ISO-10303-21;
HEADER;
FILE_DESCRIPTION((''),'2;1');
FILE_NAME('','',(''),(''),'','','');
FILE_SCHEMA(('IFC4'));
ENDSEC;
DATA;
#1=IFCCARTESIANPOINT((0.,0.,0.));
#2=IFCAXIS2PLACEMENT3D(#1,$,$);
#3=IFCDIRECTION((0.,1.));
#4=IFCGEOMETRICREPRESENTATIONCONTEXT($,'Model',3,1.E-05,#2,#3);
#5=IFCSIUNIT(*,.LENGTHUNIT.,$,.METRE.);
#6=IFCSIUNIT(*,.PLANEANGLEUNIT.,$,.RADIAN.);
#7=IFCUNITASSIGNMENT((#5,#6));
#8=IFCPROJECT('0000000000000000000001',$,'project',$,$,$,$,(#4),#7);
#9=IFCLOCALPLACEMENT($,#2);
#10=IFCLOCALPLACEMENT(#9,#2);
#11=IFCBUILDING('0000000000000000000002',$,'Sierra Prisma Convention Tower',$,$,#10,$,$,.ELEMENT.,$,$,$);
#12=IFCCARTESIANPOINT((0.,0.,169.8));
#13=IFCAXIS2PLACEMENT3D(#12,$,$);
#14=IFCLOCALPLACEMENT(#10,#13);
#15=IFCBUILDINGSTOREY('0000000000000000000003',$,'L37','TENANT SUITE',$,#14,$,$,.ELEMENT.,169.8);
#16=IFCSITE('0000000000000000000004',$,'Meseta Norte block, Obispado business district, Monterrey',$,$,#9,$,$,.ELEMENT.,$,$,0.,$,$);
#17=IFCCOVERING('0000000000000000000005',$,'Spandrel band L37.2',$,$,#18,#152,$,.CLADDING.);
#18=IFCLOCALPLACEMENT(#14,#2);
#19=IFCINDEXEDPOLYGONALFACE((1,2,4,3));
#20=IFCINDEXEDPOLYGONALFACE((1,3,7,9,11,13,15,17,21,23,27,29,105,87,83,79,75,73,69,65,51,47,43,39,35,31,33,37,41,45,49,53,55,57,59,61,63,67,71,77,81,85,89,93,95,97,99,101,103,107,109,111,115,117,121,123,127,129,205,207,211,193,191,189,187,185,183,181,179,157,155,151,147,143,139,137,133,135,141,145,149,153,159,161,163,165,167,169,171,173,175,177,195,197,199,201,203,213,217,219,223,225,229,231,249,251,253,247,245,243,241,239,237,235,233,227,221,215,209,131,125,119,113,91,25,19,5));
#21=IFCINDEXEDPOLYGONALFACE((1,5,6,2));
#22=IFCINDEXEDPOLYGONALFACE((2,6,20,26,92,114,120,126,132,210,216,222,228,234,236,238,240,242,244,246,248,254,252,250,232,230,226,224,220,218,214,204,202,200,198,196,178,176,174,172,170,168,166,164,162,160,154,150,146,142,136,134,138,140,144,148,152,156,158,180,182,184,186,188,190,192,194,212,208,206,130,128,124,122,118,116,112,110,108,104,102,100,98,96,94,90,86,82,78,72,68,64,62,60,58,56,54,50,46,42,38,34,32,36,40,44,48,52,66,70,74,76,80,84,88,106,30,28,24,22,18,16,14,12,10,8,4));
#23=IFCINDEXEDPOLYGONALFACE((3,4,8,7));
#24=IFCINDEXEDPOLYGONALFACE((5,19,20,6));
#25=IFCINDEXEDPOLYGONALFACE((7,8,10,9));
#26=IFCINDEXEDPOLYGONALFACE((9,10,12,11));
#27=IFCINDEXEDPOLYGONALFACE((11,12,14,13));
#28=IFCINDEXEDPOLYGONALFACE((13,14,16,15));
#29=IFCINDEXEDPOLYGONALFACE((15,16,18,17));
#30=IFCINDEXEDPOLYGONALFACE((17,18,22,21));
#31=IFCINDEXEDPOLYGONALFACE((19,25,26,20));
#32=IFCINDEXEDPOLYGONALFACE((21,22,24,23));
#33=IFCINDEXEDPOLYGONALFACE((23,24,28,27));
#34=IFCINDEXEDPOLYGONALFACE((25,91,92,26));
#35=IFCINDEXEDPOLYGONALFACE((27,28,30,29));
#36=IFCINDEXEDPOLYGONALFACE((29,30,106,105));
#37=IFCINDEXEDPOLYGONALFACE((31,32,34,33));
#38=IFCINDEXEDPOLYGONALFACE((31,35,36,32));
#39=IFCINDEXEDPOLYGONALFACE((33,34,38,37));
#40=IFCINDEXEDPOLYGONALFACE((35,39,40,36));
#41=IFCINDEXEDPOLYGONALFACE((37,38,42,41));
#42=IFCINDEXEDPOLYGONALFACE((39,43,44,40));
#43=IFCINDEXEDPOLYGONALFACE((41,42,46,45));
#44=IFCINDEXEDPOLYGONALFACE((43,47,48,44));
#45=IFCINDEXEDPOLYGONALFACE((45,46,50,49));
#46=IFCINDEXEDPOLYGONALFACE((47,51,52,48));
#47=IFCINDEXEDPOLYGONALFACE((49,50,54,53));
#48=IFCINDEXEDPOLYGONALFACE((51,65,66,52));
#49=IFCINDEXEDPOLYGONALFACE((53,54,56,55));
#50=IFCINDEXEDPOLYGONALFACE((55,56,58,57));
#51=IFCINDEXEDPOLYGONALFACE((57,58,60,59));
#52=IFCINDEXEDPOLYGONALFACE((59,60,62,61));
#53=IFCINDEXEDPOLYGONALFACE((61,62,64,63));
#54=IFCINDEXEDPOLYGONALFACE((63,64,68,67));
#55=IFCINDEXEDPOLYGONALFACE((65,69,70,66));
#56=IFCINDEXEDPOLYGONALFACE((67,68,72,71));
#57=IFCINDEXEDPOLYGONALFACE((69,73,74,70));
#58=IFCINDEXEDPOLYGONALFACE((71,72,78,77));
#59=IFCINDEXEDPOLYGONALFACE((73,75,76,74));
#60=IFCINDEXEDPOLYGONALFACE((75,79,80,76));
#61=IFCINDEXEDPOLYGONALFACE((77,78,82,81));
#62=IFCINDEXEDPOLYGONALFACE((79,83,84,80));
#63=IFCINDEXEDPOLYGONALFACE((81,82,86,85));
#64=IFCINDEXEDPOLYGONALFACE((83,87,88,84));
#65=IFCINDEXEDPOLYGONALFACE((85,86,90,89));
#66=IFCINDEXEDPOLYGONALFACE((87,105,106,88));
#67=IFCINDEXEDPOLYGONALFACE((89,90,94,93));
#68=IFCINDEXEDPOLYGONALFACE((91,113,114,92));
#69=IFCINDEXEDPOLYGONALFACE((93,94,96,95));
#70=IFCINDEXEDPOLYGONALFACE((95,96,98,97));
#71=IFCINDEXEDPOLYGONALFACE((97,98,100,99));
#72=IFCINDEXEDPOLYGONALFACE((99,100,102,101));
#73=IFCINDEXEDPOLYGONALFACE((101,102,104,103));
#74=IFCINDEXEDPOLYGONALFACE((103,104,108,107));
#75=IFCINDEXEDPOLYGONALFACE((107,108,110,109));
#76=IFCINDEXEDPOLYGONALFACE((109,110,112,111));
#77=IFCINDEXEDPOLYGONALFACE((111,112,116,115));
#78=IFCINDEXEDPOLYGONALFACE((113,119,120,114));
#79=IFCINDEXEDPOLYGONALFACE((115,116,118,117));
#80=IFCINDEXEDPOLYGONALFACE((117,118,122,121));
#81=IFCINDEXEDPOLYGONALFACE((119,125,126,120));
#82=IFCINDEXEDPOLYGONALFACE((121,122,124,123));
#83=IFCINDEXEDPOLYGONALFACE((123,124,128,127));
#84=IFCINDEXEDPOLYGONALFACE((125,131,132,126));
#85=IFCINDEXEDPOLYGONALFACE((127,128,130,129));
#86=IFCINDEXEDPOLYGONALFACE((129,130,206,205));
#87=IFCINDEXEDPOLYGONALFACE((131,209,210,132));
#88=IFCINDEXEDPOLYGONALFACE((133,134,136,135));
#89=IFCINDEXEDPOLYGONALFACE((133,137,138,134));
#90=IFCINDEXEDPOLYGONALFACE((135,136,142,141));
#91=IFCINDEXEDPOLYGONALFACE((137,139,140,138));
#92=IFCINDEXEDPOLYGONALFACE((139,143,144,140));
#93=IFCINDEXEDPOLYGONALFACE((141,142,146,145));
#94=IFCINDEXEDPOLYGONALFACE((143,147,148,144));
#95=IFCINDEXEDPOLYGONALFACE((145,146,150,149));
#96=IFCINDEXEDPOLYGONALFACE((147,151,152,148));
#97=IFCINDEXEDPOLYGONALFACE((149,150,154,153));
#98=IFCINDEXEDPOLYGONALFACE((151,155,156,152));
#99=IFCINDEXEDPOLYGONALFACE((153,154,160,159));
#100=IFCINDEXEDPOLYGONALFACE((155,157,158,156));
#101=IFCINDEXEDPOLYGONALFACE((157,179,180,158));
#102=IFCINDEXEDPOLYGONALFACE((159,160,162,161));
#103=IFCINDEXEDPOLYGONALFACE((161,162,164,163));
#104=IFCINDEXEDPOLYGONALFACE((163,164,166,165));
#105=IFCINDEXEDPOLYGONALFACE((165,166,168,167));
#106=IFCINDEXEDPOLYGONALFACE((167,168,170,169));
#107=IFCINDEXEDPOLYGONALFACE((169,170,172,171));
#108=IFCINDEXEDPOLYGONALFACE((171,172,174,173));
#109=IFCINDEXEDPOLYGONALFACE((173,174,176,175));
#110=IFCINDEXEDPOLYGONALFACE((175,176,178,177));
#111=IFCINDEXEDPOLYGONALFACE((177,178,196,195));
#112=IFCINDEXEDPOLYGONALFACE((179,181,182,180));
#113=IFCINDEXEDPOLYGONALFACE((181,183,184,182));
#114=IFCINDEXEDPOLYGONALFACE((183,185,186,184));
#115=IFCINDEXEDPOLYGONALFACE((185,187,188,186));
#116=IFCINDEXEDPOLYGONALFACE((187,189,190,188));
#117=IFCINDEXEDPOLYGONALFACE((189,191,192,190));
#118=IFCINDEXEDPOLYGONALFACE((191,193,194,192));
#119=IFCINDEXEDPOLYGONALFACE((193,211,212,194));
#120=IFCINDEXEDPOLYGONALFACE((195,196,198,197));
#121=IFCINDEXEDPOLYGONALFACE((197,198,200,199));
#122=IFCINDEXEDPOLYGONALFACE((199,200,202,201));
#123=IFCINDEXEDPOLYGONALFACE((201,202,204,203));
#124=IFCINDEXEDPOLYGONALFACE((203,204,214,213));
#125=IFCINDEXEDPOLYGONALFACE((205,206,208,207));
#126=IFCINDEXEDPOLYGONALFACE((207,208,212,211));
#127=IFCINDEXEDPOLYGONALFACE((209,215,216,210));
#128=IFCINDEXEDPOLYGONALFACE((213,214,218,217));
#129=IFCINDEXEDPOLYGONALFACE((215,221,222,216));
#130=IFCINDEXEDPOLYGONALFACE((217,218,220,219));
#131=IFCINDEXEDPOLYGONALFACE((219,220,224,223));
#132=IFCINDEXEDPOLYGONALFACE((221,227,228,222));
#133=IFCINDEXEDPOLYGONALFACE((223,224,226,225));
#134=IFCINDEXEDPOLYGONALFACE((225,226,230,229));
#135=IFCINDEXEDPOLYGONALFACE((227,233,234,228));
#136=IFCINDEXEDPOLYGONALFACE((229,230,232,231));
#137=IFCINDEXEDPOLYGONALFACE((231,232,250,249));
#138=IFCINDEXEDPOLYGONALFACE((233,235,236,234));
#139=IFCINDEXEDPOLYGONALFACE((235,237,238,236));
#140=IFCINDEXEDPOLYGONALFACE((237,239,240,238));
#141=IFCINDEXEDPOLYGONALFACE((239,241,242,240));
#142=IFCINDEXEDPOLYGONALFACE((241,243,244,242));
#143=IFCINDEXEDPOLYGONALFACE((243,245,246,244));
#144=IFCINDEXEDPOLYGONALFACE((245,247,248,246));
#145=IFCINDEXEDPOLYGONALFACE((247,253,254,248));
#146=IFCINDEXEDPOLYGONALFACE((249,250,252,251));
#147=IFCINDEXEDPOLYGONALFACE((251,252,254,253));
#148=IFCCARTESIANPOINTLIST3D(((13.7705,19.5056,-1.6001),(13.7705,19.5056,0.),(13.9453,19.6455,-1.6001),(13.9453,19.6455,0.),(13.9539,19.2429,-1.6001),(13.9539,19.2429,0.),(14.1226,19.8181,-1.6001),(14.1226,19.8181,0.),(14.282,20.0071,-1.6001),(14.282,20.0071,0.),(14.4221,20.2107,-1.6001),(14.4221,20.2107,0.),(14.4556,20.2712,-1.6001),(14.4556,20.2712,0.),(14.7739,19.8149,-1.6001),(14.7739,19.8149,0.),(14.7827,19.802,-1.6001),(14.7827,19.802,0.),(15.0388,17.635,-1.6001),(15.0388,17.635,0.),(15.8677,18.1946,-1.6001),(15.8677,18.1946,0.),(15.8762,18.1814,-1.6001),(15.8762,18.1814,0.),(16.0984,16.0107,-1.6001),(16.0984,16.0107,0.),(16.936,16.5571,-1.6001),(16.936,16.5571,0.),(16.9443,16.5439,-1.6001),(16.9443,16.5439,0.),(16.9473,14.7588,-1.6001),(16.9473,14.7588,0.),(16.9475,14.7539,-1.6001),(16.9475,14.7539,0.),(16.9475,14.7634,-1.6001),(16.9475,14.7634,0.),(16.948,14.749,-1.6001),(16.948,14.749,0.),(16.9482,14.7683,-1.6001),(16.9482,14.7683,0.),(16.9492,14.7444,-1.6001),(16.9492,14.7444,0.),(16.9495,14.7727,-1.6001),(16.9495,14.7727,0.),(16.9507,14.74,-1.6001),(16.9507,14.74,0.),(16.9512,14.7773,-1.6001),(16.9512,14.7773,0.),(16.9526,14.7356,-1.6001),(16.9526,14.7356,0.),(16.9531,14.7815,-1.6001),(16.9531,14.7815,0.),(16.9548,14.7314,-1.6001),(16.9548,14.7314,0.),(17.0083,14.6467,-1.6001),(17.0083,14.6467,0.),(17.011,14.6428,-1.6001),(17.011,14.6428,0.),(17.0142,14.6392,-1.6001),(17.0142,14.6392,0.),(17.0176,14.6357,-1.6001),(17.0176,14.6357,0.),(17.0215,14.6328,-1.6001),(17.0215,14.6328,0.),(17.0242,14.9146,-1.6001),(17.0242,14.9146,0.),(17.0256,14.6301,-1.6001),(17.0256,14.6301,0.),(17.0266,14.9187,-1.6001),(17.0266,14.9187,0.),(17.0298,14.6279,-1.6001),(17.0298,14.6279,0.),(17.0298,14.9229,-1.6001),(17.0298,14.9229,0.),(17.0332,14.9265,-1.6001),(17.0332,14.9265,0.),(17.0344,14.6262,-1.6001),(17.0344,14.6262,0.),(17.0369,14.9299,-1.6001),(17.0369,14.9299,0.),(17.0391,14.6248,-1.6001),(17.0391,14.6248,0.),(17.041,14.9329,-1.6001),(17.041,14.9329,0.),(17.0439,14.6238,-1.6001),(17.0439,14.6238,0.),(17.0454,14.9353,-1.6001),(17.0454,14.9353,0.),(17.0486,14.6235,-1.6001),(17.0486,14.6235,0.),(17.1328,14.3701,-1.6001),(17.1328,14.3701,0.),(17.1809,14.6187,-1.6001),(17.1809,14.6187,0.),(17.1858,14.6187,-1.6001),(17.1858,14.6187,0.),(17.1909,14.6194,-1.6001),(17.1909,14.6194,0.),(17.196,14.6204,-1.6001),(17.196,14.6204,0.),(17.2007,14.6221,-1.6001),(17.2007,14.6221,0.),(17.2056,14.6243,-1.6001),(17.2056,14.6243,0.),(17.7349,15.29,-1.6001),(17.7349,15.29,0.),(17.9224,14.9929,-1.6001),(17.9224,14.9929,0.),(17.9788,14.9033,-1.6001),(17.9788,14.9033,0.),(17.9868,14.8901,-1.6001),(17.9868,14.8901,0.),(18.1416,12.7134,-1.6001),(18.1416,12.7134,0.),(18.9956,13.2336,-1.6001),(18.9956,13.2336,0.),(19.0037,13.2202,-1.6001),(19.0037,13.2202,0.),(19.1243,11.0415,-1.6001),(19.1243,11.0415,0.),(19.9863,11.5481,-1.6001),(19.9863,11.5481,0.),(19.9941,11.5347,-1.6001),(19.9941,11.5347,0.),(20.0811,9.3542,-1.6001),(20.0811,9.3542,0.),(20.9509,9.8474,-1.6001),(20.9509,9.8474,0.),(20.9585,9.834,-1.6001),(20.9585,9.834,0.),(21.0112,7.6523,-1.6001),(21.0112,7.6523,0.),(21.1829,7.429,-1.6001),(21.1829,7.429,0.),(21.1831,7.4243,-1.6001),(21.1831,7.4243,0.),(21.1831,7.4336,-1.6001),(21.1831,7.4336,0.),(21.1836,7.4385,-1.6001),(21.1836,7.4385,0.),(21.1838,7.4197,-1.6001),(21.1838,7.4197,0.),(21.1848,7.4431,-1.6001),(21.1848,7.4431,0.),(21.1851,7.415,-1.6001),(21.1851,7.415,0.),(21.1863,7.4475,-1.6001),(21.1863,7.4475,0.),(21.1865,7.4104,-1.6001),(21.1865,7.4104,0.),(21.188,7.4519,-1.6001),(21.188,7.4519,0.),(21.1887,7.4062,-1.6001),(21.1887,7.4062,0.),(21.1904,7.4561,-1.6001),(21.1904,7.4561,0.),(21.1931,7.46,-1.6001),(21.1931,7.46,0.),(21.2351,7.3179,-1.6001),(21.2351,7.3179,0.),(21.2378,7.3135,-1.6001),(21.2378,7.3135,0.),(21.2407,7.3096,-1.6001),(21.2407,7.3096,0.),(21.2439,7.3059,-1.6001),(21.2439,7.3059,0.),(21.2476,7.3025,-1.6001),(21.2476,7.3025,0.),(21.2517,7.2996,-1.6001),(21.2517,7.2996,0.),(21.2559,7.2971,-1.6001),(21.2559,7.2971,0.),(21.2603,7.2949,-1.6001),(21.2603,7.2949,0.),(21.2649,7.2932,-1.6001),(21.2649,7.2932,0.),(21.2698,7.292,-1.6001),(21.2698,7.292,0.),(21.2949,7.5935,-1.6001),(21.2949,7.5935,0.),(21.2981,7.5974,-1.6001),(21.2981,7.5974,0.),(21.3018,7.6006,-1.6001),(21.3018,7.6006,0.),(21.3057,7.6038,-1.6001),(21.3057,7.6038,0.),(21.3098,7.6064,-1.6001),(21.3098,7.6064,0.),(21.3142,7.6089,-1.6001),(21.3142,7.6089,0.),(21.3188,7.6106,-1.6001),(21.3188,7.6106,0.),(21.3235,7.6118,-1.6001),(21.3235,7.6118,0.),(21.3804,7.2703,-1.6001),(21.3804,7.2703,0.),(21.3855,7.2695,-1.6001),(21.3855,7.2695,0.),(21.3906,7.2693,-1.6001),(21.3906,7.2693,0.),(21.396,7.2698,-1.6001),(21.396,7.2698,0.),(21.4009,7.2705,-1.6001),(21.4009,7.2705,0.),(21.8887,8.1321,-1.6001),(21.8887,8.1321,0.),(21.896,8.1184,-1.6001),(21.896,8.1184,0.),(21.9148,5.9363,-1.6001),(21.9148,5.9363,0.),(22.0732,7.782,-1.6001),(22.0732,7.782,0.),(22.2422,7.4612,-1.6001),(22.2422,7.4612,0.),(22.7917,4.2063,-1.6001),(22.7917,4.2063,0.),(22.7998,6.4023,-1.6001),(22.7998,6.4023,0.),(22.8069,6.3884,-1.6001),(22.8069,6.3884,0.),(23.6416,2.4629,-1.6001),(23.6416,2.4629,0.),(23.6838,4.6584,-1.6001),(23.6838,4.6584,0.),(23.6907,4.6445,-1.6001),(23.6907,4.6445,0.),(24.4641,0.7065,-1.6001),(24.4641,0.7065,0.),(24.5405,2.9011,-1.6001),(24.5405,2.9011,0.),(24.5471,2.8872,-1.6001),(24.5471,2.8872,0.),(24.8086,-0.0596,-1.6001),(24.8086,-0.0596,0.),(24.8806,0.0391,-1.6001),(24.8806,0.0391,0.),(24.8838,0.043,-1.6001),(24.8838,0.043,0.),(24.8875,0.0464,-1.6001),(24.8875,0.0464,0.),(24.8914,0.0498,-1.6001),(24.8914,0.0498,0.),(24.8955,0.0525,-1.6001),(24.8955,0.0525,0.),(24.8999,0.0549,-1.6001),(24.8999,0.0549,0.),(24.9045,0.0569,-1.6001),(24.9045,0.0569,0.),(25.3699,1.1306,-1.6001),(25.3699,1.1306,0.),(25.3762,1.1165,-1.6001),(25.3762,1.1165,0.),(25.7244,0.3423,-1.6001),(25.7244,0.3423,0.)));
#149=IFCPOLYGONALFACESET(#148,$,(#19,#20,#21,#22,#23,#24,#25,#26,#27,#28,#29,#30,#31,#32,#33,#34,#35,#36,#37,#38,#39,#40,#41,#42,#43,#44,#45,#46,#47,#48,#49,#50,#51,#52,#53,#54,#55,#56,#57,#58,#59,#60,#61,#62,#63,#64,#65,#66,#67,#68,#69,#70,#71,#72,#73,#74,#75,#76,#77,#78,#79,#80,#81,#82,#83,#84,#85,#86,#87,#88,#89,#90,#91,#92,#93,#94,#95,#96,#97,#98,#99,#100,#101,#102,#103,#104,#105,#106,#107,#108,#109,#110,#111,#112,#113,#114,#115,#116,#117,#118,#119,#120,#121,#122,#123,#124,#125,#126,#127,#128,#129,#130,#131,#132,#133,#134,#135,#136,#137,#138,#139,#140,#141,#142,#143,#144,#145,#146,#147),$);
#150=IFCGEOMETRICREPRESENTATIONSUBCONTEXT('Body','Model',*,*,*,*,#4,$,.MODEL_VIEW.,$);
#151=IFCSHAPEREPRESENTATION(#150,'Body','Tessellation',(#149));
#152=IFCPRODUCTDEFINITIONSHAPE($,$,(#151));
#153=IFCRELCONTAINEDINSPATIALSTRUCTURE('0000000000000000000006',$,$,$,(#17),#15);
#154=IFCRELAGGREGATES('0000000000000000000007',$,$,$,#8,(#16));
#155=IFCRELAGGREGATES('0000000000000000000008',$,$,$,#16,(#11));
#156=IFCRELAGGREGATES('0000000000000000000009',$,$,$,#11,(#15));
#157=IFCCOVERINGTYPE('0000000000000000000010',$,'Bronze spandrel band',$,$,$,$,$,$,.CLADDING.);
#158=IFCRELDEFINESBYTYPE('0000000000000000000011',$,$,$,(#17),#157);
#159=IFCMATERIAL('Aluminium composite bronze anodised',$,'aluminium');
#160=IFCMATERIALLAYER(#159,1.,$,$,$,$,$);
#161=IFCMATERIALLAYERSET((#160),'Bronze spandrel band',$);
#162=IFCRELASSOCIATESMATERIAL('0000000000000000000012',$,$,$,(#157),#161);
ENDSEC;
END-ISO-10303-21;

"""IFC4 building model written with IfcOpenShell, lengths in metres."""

from ifc_helpers import new_model, si_unit, direction, frame, origin, place, context, subcontext, project, spatial, polyline, outline, extrude, material, layer, layer_set, type_object, element, save


model = new_model("IFC4")

# Units and contexts
model_context = context("Model", 3, precision=1e-05, world=origin(), true_north=direction((0.0, 1.0)))
body_context = subcontext(model_context, "Body", "Model", "MODEL_VIEW")
ifc_project = project(units=[si_unit("LENGTHUNIT", "METRE"), si_unit("PLANEANGLEUNIT", "RADIAN")], contexts=[model_context])

# Site, building, storey
site_placement = place(None, origin())
site = spatial("IfcSite", under=ifc_project, at=site_placement, Name="Meseta Norte block, Obispado business district, Monterrey", CompositionType="ELEMENT", RefElevation=0.0)
building_placement = place(site_placement, origin())
building = spatial("IfcBuilding", under=site, at=building_placement, Name="Sierra Prisma Convention Tower", CompositionType="ELEMENT")
storey_placement = place(building_placement, frame((0.0, 0.0, 169.8)))
storey = spatial("IfcBuildingStorey", under=building, at=storey_placement, Name="L37", Description="TENANT SUITE", CompositionType="ELEMENT", Elevation=169.8)

# Covering
ifc_material_1 = material(Name="Aluminium composite bronze anodised", Category="aluminium")
ifc_layer_1 = layer(ifc_material_1, 1.0)
ifc_layer_set_1 = layer_set([ifc_layer_1], Name="Bronze spandrel band")
covering_type = type_object("IfcCoveringType", Name="Bronze spandrel band", PredefinedType="CLADDING", material=ifc_layer_set_1)
covering_1_placement = place(storey_placement, frame((0.0, 0.0, -1.6001)))
element("IfcCovering", 1, at=covering_1_placement, inside=storey, type_object=covering_type, Name="Spandrel band L37.2", PredefinedType="CLADDING", context=body_context, shape_type="SweptSolid", body=[
    extrude(outline(polyline([(14.7739, 19.8149), (14.7827, 19.802), (15.8677, 18.1946), (15.8762, 18.1814), (16.936, 16.5571), (16.9443, 16.5439), (17.7349, 15.29), (17.0454, 14.9353), (17.041, 14.9329), (17.0369, 14.9299), (17.0332, 14.9265), (17.0298, 14.9229), (17.0266, 14.9187), (17.0242, 14.9146), (16.9531, 14.7815), (16.9512, 14.7773), (16.9495, 14.7727), (16.9482, 14.7683), (16.9475, 14.7634), (16.9473, 14.7588), (16.9475, 14.7539), (16.948, 14.749), (16.9492, 14.7444), (16.9507, 14.74), (16.9526, 14.7356), (16.9548, 14.7314), (17.0083, 14.6467), (17.011, 14.6428), (17.0142, 14.6392), (17.0176, 14.6357), (17.0215, 14.6328), (17.0256, 14.6301), (17.0298, 14.6279), (17.0344, 14.6262), (17.0391, 14.6248), (17.0439, 14.6238), (17.0486, 14.6235), (17.1809, 14.6187), (17.1858, 14.6187), (17.1909, 14.6194), (17.196, 14.6204), (17.2007, 14.6221), (17.2056, 14.6243), (17.9224, 14.9929), (17.9788, 14.9033), (17.9868, 14.8901), (18.9956, 13.2336), (19.0037, 13.2202), (19.9863, 11.5481), (19.9941, 11.5347), (20.9509, 9.8474), (20.9585, 9.834), (21.8887, 8.1321), (21.896, 8.1184), (22.0732, 7.782), (21.3235, 7.6118), (21.3188, 7.6106), (21.3142, 7.6089), (21.3098, 7.6064), (21.3057, 7.6038), (21.3018, 7.6006), (21.2981, 7.5974), (21.2949, 7.5935), (21.1931, 7.46), (21.1904, 7.4561), (21.188, 7.4519), (21.1863, 7.4475), (21.1848, 7.4431), (21.1836, 7.4385), (21.1831, 7.4336), (21.1829, 7.429), (21.1831, 7.4243), (21.1838, 7.4197), (21.1851, 7.415), (21.1865, 7.4104), (21.1887, 7.4062), (21.2351, 7.3179), (21.2378, 7.3135), (21.2407, 7.3096), (21.2439, 7.3059), (21.2476, 7.3025), (21.2517, 7.2996), (21.2559, 7.2971), (21.2603, 7.2949), (21.2649, 7.2932), (21.2698, 7.292), (21.3804, 7.2703), (21.3855, 7.2695), (21.3906, 7.2693), (21.396, 7.2698), (21.4009, 7.2705), (22.2422, 7.4612), (22.7998, 6.4023), (22.8069, 6.3884), (23.6838, 4.6584), (23.6907, 4.6445), (24.5405, 2.9011), (24.5471, 2.8872), (25.3699, 1.1306), (25.3762, 1.1165), (25.7244, 0.3423), (24.9045, 0.0569), (24.8999, 0.0549), (24.8955, 0.0525), (24.8914, 0.0498), (24.8875, 0.0464), (24.8838, 0.043), (24.8806, 0.0391), (24.8086, -0.0596), (24.4641, 0.7065), (23.6416, 2.4629), (22.7917, 4.2063), (21.9148, 5.9363), (21.0112, 7.6523), (20.0811, 9.3542), (19.1243, 11.0415), (18.1416, 12.7134), (17.1328, 14.3701), (16.0984, 16.0107), (15.0388, 17.635), (13.9539, 19.2429), (13.7705, 19.5056), (13.9453, 19.6455), (14.1226, 19.8181), (14.282, 20.0071), (14.4221, 20.2107), (14.4556, 20.2712), (14.7739, 19.8149)])), origin(), (0.0, 0.0, 1.0), 1.6001),
])

save(model, "model.ifc")
